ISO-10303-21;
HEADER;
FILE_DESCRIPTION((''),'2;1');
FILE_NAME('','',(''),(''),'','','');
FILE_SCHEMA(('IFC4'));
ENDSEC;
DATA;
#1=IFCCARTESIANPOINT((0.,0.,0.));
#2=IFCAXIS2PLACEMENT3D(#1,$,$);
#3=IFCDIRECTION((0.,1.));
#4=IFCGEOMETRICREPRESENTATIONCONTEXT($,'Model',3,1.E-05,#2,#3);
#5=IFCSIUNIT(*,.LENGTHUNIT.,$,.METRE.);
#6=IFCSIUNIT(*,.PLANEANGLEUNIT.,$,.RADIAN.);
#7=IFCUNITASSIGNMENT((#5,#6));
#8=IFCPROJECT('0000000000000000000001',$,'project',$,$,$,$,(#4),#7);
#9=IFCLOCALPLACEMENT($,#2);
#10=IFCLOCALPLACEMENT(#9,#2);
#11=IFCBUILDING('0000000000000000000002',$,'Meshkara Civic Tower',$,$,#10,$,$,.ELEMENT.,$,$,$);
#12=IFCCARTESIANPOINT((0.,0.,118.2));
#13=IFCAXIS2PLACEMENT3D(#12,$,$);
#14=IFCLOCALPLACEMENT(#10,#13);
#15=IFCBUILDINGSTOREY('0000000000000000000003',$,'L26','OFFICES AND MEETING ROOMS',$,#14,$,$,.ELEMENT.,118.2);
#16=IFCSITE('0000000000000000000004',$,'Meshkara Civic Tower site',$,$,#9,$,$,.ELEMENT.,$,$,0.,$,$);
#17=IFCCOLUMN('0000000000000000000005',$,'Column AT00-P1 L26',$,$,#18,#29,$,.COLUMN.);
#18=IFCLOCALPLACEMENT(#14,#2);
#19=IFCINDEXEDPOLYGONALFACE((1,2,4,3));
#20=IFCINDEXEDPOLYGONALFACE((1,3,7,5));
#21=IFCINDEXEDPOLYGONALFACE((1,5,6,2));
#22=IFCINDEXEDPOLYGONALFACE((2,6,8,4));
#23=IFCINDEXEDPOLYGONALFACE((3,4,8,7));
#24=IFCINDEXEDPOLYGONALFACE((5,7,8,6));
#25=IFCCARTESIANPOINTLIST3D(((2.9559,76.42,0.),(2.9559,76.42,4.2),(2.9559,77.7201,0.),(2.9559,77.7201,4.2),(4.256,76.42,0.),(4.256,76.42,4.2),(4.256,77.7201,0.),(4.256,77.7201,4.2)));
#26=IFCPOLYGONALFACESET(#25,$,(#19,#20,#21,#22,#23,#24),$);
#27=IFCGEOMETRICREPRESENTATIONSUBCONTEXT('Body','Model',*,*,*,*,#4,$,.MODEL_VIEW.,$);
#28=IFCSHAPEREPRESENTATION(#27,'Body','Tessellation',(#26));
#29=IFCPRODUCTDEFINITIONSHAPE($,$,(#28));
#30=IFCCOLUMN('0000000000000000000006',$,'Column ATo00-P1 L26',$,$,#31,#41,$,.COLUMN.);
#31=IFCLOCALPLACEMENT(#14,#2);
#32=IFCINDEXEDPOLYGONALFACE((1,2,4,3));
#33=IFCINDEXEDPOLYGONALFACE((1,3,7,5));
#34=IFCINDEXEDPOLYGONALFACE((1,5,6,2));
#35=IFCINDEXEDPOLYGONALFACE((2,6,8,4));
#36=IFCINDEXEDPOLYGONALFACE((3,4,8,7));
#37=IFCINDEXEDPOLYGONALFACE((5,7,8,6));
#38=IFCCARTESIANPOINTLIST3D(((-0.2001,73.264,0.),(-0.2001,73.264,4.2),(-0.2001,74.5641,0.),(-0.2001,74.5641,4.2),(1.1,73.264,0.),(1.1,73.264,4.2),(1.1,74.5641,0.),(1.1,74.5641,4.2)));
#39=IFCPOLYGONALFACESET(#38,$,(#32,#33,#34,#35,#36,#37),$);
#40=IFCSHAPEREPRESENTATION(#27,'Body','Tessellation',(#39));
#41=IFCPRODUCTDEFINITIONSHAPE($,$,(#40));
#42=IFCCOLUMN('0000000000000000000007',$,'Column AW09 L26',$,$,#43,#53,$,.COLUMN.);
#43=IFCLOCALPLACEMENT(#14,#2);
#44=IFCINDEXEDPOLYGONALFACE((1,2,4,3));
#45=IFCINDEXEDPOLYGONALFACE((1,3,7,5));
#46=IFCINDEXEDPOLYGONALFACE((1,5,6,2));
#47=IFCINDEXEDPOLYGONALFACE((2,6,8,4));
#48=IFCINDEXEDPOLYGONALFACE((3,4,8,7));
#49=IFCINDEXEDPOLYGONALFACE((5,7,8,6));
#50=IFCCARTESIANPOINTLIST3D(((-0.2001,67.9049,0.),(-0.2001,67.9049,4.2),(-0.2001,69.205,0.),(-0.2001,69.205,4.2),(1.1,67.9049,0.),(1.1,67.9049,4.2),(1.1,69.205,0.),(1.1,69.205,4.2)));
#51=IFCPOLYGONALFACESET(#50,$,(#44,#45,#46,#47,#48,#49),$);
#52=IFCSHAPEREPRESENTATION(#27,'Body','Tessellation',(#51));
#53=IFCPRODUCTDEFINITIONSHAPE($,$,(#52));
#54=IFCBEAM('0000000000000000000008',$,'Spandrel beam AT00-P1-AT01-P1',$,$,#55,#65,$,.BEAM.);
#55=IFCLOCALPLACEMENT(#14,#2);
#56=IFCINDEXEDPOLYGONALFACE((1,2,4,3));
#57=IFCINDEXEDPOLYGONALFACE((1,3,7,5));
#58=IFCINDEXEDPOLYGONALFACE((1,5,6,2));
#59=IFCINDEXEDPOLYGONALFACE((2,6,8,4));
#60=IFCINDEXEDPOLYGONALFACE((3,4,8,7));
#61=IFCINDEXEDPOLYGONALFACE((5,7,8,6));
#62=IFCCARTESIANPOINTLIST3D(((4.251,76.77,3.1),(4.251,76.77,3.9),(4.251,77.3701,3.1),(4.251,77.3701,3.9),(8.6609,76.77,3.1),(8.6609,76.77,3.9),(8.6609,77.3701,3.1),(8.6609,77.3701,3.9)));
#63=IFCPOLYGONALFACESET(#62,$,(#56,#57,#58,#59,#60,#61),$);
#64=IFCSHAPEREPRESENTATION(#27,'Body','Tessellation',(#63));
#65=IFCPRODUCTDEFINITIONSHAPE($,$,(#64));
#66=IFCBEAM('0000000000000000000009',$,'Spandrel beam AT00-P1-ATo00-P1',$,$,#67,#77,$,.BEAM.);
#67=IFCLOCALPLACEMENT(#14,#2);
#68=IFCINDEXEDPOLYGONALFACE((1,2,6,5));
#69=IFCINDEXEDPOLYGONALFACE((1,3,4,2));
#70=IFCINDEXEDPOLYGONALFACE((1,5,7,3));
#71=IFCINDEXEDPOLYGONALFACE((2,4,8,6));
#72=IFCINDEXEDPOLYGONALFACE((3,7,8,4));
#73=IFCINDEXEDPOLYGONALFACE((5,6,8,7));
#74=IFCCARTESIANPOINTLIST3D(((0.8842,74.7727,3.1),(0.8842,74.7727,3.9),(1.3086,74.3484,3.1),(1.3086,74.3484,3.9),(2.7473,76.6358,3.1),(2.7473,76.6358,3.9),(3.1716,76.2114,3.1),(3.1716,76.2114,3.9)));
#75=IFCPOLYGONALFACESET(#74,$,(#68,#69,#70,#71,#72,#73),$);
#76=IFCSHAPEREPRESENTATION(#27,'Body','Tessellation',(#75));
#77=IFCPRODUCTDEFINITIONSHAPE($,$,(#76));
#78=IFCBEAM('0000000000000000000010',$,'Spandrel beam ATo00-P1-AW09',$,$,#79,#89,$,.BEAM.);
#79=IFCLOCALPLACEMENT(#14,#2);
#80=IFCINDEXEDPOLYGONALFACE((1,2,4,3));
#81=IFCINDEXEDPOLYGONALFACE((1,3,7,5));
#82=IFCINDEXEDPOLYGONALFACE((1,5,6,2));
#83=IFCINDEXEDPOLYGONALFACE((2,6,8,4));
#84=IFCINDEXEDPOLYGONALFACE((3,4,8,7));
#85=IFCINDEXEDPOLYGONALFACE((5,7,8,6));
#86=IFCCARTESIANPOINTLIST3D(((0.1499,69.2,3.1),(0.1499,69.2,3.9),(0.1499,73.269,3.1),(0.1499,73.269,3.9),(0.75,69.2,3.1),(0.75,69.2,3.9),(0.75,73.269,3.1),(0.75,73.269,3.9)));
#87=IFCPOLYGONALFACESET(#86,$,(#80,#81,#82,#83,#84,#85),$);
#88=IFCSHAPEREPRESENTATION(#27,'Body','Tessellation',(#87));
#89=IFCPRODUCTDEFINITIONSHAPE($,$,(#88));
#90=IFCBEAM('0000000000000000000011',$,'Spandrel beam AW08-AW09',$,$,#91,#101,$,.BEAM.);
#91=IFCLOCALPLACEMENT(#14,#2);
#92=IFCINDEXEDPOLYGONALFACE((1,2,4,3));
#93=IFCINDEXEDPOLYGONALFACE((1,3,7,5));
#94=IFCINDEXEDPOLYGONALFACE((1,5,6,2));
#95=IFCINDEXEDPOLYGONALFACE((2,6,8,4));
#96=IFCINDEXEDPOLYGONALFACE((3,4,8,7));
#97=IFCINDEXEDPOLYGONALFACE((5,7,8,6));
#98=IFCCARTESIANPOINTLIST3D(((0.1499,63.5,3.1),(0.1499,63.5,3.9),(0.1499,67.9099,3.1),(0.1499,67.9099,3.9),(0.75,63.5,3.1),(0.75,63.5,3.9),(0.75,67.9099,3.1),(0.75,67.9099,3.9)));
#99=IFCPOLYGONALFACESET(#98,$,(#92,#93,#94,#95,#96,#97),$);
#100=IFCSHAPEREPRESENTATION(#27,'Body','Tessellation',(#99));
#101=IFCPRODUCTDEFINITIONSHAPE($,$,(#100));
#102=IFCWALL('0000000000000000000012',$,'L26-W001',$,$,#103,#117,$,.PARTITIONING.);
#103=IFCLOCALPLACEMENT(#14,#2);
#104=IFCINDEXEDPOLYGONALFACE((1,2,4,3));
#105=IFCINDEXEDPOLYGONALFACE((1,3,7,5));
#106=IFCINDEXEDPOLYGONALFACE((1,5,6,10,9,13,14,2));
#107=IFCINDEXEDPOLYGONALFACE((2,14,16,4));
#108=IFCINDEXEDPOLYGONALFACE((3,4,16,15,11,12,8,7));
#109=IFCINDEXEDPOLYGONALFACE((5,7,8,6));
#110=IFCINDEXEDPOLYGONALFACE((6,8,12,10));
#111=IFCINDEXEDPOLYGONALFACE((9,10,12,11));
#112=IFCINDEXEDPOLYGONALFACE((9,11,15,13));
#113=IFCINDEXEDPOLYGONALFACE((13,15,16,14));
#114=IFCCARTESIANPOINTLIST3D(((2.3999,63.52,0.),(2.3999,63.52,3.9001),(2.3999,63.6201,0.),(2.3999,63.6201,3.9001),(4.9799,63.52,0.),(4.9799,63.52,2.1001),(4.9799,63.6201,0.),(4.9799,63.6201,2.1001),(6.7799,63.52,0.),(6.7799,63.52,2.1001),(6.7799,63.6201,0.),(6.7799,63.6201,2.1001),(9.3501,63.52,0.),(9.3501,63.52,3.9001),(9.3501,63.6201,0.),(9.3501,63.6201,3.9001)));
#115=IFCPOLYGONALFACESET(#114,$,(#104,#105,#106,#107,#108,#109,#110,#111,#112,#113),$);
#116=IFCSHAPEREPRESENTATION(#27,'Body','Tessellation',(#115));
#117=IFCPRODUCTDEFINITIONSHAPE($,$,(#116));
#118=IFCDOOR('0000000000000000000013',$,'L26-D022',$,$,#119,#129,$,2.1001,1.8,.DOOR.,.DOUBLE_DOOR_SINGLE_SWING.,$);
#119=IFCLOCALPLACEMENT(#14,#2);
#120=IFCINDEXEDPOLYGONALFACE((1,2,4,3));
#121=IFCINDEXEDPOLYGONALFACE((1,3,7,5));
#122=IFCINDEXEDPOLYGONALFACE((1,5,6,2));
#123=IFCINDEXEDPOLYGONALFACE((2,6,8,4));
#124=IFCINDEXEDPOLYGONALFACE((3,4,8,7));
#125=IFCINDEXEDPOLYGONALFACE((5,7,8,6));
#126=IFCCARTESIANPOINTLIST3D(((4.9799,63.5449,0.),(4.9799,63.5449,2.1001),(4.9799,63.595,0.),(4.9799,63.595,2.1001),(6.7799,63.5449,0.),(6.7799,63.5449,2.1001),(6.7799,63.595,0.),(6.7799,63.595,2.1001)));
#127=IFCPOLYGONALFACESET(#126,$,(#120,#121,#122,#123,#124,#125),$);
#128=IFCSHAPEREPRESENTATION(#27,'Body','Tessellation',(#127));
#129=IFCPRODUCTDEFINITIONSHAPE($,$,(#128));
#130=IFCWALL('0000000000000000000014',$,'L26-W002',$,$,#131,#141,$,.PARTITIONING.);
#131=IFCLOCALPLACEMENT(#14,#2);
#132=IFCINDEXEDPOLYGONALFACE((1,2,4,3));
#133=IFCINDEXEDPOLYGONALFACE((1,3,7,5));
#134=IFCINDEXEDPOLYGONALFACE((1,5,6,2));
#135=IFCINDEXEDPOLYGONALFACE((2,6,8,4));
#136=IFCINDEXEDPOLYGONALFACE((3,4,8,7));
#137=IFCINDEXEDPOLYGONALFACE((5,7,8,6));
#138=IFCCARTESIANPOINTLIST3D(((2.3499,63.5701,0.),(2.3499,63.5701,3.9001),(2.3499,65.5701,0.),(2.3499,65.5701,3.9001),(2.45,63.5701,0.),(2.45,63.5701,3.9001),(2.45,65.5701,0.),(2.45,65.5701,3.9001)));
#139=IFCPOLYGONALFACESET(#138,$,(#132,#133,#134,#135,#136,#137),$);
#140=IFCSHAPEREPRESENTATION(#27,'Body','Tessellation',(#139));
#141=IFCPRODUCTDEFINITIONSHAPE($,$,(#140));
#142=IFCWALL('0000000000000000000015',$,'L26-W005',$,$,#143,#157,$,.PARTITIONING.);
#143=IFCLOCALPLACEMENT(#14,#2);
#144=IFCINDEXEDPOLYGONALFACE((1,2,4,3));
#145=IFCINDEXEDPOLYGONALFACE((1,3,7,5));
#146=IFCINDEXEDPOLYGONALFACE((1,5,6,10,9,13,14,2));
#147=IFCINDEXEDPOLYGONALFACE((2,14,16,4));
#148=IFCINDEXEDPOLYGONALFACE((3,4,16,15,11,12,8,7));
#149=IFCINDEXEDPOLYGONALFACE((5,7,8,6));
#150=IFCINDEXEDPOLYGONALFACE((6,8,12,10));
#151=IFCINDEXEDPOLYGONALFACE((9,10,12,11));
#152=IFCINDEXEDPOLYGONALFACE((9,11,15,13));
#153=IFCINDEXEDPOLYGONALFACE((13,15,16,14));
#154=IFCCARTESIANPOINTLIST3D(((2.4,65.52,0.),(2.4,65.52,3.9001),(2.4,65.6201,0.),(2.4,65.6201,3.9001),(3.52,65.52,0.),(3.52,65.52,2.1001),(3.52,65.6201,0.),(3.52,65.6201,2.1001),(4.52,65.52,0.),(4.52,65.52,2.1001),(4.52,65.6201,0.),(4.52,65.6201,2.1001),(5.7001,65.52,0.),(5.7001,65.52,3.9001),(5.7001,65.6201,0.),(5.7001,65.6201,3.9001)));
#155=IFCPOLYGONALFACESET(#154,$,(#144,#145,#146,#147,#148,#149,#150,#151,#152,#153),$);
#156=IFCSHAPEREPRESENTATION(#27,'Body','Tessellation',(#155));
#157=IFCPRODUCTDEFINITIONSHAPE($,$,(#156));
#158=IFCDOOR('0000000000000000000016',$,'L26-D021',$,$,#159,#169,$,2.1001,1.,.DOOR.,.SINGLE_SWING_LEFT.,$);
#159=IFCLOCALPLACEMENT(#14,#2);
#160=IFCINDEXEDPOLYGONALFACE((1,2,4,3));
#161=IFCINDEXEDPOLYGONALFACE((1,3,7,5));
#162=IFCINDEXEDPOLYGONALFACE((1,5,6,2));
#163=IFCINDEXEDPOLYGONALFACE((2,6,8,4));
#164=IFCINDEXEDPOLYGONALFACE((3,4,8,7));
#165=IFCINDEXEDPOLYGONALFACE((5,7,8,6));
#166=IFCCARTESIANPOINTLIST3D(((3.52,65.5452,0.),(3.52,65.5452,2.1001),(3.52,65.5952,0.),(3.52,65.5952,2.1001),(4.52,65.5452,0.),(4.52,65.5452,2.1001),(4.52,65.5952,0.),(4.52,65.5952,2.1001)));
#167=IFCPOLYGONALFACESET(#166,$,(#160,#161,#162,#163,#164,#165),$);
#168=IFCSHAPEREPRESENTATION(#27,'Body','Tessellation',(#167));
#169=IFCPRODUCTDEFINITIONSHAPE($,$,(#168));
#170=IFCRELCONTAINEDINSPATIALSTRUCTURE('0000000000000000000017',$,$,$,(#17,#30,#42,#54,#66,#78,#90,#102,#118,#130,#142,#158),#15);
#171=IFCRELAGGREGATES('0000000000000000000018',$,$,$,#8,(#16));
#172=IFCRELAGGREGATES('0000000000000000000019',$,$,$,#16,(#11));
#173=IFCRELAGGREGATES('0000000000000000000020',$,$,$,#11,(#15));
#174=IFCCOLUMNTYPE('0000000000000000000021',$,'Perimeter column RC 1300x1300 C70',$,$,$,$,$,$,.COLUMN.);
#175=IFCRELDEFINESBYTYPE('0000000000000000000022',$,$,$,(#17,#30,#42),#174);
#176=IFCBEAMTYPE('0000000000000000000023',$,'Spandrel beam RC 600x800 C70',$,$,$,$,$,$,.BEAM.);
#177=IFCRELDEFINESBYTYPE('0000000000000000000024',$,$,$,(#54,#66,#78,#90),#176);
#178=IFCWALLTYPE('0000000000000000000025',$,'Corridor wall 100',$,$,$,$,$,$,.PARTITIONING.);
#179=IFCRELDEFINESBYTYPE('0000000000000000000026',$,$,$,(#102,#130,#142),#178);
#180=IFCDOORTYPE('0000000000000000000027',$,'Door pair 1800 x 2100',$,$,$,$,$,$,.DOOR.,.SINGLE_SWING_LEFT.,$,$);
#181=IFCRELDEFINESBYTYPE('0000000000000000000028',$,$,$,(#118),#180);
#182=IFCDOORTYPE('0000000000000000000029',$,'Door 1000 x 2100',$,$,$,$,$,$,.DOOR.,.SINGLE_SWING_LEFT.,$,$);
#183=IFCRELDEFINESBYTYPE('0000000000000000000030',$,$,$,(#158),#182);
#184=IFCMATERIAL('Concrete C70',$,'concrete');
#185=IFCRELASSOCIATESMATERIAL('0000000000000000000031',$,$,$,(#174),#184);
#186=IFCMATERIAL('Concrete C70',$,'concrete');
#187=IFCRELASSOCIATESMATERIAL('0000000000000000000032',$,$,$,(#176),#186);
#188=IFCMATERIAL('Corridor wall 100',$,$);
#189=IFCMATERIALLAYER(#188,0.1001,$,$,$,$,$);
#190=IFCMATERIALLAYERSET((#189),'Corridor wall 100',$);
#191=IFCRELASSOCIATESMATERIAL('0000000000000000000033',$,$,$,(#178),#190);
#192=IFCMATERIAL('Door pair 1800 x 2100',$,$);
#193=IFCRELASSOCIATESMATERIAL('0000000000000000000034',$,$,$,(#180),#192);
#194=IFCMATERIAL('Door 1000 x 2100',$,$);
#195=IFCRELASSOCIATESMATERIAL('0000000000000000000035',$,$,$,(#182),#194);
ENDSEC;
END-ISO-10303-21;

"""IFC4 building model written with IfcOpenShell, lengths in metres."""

from ifc_helpers import new_model, si_unit, direction, frame, frame_2d, origin, origin_2d, place, context, subcontext, project, spatial, rectangle, extrude, material, layer, layer_set, material_profile, profile_set, type_object, element, fill, save


model = new_model("IFC4")

# Units and contexts
model_context = context("Model", 3, precision=1e-05, world=origin(), true_north=direction((0.0, 1.0)))
body_context = subcontext(model_context, "Body", "Model", "MODEL_VIEW")
ifc_project = project(units=[si_unit("LENGTHUNIT", "METRE"), si_unit("PLANEANGLEUNIT", "RADIAN")], contexts=[model_context])

# Site, building, storey
site_placement = place(None, origin())
site = spatial("IfcSite", under=ifc_project, at=site_placement, Name="Meshkara Civic Tower site", CompositionType="ELEMENT", RefElevation=0.0)
building_placement = place(site_placement, origin())
building = spatial("IfcBuilding", under=site, at=building_placement, Name="Meshkara Civic Tower", CompositionType="ELEMENT")
storey_placement = place(building_placement, frame((0.0, 0.0, 118.2)))
storey = spatial("IfcBuildingStorey", under=building, at=storey_placement, Name="L26", Description="OFFICES AND MEETING ROOMS", CompositionType="ELEMENT", Elevation=118.2)

# Columns
ifc_material_1 = material(Name="Concrete C70", Category="concrete")
ifc_material_profile_1 = material_profile(ifc_material_1, rectangle(XDim=1.3, YDim=1.3, at=origin_2d()))
ifc_profile_set_1 = profile_set([ifc_material_profile_1], Name="Concrete C70")
column_type = type_object("IfcColumnType", Name="Perimeter column RC 1300x1300 C70", PredefinedType="COLUMN", material=ifc_profile_set_1)
for number, where, z_axis, x_axis, name in (
    (1, (3.606, 77.0701, 0.0), (0.0, 0.0, 1.0), (1.0, 0.0, 0.0), "Column AT00-P1 L26"),
    (2, (0.45, 73.9141, 0.0), (0.0, 0.0, 1.0), (1.0, 0.0, 0.0), "Column ATo00-P1 L26"),
    (3, (0.45, 68.5549, 0.0), (0.0, 0.0, 1.0), (1.0, 0.0, 0.0), "Column AW09 L26"),
):
    element("IfcColumn", number, at=place(storey_placement, frame(where, z_axis=z_axis, x_axis=x_axis)), inside=storey, type_object=column_type, Name=name, PredefinedType="COLUMN", context=body_context, shape_type="SweptSolid", body=[
        extrude(rectangle(XDim=1.3, YDim=1.3, at=origin_2d()), origin(), (0.0, 0.0, 1.0), 4.2),
    ])

# Beams
ifc_material_2 = material(Name="Concrete C70", Category="concrete")
ifc_material_profile_2 = material_profile(ifc_material_2, rectangle(XDim=0.6001, YDim=0.8, at=origin_2d()))
ifc_profile_set_2 = profile_set([ifc_material_profile_2], Name="Concrete C70")
beam_type = type_object("IfcBeamType", Name="Spandrel beam RC 600x800 C70", PredefinedType="BEAM", material=ifc_profile_set_2)
beam_1_placement = place(storey_placement, frame((8.6609, 77.0701, 3.5), z_axis=(-1.0, 0.0, 0.0), x_axis=(0.0, -1.0, 0.0)))
element("IfcBeam", 4, at=beam_1_placement, inside=storey, type_object=beam_type, Name="Spandrel beam AT00-P1-AT01-P1", PredefinedType="BEAM", context=body_context, shape_type="SweptSolid", body=[
    extrude(rectangle(XDim=0.6001, YDim=0.8, at=origin_2d()), origin(), (0.0, 0.0, 1.0), 4.4099),
])
beam_2_placement = place(storey_placement, frame((2.9595, 76.4236, 3.5), z_axis=(-0.707107, -0.707107, 0.0), x_axis=(0.707107, -0.707107, 0.0)))
element("IfcBeam", 5, at=beam_2_placement, inside=storey, type_object=beam_type, Name="Spandrel beam AT00-P1-ATo00-P1", PredefinedType="BEAM", context=body_context, shape_type="SweptSolid", body=[
    extrude(rectangle(XDim=0.6001, YDim=0.8, at=origin_2d()), origin(), (0.0, 0.0, 1.0), 2.6348),
])
beam_3_placement = place(storey_placement, frame((0.45, 73.269, 3.5), z_axis=(0.0, -1.0, 0.0), x_axis=(1.0, 0.0, 0.0)))
element("IfcBeam", 6, at=beam_3_placement, inside=storey, type_object=beam_type, Name="Spandrel beam ATo00-P1-AW09", PredefinedType="BEAM", context=body_context, shape_type="SweptSolid", body=[
    extrude(rectangle(XDim=0.6001, YDim=0.8, at=origin_2d()), origin(), (0.0, 0.0, 1.0), 4.0691),
])
beam_4_placement = place(storey_placement, frame((0.45, 67.9099, 3.5), z_axis=(0.0, -1.0, 0.0), x_axis=(1.0, 0.0, 0.0)))
element("IfcBeam", 7, at=beam_4_placement, inside=storey, type_object=beam_type, Name="Spandrel beam AW08-AW09", PredefinedType="BEAM", context=body_context, shape_type="SweptSolid", body=[
    extrude(rectangle(XDim=0.6001, YDim=0.8, at=origin_2d()), origin(), (0.0, 0.0, 1.0), 4.4099),
])

# Wall, opening, door
ifc_material_3 = material(Name="Corridor wall 100")
ifc_layer_1 = layer(ifc_material_3, 0.1001)
ifc_layer_set_1 = layer_set([ifc_layer_1], Name="Corridor wall 100")
wall_type_1 = type_object("IfcWallType", Name="Corridor wall 100", PredefinedType="PARTITIONING", material=ifc_layer_set_1)
wall_1_placement = place(storey_placement, frame((2.3999, 63.5701, 0.0), z_axis=(0.0, 0.0, 1.0), x_axis=(1.0, 0.0, 0.0)))
wall_1 = element("IfcWall", 8, at=wall_1_placement, inside=storey, type_object=wall_type_1, Name="L26-W001", PredefinedType="PARTITIONING", context=body_context, shape_type="SweptSolid", body=[
    extrude(rectangle(XDim=6.9502, YDim=0.1001, at=frame_2d((3.4751, 0.0))), origin(), (0.0, 0.0, 1.0), 3.9001),
])
opening_1_placement = place(wall_1_placement, frame((2.5801, 0.0, 0.0)))
opening_1 = element("IfcOpeningElement", 9, at=opening_1_placement, cuts=wall_1, PredefinedType="OPENING", context=body_context, shape_type="SweptSolid", body=[
    extrude(rectangle(XDim=1.8, YDim=2.1001, at=frame_2d((0.8999, 1.05))), frame((0.0, 0.0601, 0.0), z_axis=(0.0, -1.0, 0.0), x_axis=(1.0, 0.0, 0.0)), (0.0, 0.0, 1.0), 0.1201),
])
ifc_material_4 = material(Name="Door pair 1800 x 2100")
door_type_1 = type_object("IfcDoorType", Name="Door pair 1800 x 2100", OperationType="SINGLE_SWING_LEFT", PredefinedType="DOOR", material=ifc_material_4)
door_1_placement = place(opening_1_placement, origin())
door_1 = element("IfcDoor", 10, at=door_1_placement, inside=storey, type_object=door_type_1, Name="L26-D022", OperationType="DOUBLE_DOOR_SINGLE_SWING", OverallHeight=2.1001, OverallWidth=1.8, PredefinedType="DOOR", context=body_context, shape_type="SweptSolid", body=[
    extrude(rectangle(XDim=1.8, YDim=2.1001, at=frame_2d((0.8999, 1.05))), frame((0.0, 0.0249, 0.0), z_axis=(0.0, -1.0, 0.0), x_axis=(1.0, 0.0, 0.0)), (0.0, 0.0, 1.0), 0.05),
])
fill(opening_1, door_1)

# Wall
wall_2_placement = place(storey_placement, frame((2.3999, 65.5701, 0.0), z_axis=(0.0, 0.0, 1.0), x_axis=(0.0, -1.0, 0.0)))
element("IfcWall", 11, at=wall_2_placement, inside=storey, type_object=wall_type_1, Name="L26-W002", PredefinedType="PARTITIONING", context=body_context, shape_type="SweptSolid", body=[
    extrude(rectangle(XDim=2.0, YDim=0.1001, at=frame_2d((1.0, 0.0))), origin(), (0.0, 0.0, 1.0), 3.9001),
])

# Wall, opening, door
wall_3_placement = place(storey_placement, frame((5.7, 65.5701, 0.0), z_axis=(0.0, 0.0, 1.0), x_axis=(-1.0, 0.0, 0.0)))
wall_3 = element("IfcWall", 12, at=wall_3_placement, inside=storey, type_object=wall_type_1, Name="L26-W005", PredefinedType="PARTITIONING", context=body_context, shape_type="SweptSolid", body=[
    extrude(rectangle(XDim=3.3, YDim=0.1001, at=frame_2d((1.6499, 0.0))), origin(), (0.0, 0.0, 1.0), 3.9001),
])
opening_2_placement = place(wall_3_placement, frame((1.1799, 0.0, 0.0)))
opening_2 = element("IfcOpeningElement", 13, at=opening_2_placement, cuts=wall_3, PredefinedType="OPENING", context=body_context, shape_type="SweptSolid", body=[
    extrude(rectangle(XDim=1.0, YDim=2.1001, at=frame_2d((0.5, 1.05))), frame((0.0, 0.0601, 0.0), z_axis=(0.0, -1.0, 0.0), x_axis=(1.0, 0.0, 0.0)), (0.0, 0.0, 1.0), 0.1201),
])
ifc_material_5 = material(Name="Door 1000 x 2100")
door_type_2 = type_object("IfcDoorType", Name="Door 1000 x 2100", OperationType="SINGLE_SWING_LEFT", PredefinedType="DOOR", material=ifc_material_5)
door_2_placement = place(opening_2_placement, origin())
door_2 = element("IfcDoor", 14, at=door_2_placement, inside=storey, type_object=door_type_2, Name="L26-D021", OperationType="SINGLE_SWING_LEFT", OverallHeight=2.1001, OverallWidth=1.0, PredefinedType="DOOR", context=body_context, shape_type="SweptSolid", body=[
    extrude(rectangle(XDim=1.0, YDim=2.1001, at=frame_2d((0.5, 1.05))), frame((0.0, 0.0249, 0.0), z_axis=(0.0, -1.0, 0.0), x_axis=(1.0, 0.0, 0.0)), (0.0, 0.0, 1.0), 0.05),
])
fill(opening_2, door_2)

save(model, "model.ifc")
